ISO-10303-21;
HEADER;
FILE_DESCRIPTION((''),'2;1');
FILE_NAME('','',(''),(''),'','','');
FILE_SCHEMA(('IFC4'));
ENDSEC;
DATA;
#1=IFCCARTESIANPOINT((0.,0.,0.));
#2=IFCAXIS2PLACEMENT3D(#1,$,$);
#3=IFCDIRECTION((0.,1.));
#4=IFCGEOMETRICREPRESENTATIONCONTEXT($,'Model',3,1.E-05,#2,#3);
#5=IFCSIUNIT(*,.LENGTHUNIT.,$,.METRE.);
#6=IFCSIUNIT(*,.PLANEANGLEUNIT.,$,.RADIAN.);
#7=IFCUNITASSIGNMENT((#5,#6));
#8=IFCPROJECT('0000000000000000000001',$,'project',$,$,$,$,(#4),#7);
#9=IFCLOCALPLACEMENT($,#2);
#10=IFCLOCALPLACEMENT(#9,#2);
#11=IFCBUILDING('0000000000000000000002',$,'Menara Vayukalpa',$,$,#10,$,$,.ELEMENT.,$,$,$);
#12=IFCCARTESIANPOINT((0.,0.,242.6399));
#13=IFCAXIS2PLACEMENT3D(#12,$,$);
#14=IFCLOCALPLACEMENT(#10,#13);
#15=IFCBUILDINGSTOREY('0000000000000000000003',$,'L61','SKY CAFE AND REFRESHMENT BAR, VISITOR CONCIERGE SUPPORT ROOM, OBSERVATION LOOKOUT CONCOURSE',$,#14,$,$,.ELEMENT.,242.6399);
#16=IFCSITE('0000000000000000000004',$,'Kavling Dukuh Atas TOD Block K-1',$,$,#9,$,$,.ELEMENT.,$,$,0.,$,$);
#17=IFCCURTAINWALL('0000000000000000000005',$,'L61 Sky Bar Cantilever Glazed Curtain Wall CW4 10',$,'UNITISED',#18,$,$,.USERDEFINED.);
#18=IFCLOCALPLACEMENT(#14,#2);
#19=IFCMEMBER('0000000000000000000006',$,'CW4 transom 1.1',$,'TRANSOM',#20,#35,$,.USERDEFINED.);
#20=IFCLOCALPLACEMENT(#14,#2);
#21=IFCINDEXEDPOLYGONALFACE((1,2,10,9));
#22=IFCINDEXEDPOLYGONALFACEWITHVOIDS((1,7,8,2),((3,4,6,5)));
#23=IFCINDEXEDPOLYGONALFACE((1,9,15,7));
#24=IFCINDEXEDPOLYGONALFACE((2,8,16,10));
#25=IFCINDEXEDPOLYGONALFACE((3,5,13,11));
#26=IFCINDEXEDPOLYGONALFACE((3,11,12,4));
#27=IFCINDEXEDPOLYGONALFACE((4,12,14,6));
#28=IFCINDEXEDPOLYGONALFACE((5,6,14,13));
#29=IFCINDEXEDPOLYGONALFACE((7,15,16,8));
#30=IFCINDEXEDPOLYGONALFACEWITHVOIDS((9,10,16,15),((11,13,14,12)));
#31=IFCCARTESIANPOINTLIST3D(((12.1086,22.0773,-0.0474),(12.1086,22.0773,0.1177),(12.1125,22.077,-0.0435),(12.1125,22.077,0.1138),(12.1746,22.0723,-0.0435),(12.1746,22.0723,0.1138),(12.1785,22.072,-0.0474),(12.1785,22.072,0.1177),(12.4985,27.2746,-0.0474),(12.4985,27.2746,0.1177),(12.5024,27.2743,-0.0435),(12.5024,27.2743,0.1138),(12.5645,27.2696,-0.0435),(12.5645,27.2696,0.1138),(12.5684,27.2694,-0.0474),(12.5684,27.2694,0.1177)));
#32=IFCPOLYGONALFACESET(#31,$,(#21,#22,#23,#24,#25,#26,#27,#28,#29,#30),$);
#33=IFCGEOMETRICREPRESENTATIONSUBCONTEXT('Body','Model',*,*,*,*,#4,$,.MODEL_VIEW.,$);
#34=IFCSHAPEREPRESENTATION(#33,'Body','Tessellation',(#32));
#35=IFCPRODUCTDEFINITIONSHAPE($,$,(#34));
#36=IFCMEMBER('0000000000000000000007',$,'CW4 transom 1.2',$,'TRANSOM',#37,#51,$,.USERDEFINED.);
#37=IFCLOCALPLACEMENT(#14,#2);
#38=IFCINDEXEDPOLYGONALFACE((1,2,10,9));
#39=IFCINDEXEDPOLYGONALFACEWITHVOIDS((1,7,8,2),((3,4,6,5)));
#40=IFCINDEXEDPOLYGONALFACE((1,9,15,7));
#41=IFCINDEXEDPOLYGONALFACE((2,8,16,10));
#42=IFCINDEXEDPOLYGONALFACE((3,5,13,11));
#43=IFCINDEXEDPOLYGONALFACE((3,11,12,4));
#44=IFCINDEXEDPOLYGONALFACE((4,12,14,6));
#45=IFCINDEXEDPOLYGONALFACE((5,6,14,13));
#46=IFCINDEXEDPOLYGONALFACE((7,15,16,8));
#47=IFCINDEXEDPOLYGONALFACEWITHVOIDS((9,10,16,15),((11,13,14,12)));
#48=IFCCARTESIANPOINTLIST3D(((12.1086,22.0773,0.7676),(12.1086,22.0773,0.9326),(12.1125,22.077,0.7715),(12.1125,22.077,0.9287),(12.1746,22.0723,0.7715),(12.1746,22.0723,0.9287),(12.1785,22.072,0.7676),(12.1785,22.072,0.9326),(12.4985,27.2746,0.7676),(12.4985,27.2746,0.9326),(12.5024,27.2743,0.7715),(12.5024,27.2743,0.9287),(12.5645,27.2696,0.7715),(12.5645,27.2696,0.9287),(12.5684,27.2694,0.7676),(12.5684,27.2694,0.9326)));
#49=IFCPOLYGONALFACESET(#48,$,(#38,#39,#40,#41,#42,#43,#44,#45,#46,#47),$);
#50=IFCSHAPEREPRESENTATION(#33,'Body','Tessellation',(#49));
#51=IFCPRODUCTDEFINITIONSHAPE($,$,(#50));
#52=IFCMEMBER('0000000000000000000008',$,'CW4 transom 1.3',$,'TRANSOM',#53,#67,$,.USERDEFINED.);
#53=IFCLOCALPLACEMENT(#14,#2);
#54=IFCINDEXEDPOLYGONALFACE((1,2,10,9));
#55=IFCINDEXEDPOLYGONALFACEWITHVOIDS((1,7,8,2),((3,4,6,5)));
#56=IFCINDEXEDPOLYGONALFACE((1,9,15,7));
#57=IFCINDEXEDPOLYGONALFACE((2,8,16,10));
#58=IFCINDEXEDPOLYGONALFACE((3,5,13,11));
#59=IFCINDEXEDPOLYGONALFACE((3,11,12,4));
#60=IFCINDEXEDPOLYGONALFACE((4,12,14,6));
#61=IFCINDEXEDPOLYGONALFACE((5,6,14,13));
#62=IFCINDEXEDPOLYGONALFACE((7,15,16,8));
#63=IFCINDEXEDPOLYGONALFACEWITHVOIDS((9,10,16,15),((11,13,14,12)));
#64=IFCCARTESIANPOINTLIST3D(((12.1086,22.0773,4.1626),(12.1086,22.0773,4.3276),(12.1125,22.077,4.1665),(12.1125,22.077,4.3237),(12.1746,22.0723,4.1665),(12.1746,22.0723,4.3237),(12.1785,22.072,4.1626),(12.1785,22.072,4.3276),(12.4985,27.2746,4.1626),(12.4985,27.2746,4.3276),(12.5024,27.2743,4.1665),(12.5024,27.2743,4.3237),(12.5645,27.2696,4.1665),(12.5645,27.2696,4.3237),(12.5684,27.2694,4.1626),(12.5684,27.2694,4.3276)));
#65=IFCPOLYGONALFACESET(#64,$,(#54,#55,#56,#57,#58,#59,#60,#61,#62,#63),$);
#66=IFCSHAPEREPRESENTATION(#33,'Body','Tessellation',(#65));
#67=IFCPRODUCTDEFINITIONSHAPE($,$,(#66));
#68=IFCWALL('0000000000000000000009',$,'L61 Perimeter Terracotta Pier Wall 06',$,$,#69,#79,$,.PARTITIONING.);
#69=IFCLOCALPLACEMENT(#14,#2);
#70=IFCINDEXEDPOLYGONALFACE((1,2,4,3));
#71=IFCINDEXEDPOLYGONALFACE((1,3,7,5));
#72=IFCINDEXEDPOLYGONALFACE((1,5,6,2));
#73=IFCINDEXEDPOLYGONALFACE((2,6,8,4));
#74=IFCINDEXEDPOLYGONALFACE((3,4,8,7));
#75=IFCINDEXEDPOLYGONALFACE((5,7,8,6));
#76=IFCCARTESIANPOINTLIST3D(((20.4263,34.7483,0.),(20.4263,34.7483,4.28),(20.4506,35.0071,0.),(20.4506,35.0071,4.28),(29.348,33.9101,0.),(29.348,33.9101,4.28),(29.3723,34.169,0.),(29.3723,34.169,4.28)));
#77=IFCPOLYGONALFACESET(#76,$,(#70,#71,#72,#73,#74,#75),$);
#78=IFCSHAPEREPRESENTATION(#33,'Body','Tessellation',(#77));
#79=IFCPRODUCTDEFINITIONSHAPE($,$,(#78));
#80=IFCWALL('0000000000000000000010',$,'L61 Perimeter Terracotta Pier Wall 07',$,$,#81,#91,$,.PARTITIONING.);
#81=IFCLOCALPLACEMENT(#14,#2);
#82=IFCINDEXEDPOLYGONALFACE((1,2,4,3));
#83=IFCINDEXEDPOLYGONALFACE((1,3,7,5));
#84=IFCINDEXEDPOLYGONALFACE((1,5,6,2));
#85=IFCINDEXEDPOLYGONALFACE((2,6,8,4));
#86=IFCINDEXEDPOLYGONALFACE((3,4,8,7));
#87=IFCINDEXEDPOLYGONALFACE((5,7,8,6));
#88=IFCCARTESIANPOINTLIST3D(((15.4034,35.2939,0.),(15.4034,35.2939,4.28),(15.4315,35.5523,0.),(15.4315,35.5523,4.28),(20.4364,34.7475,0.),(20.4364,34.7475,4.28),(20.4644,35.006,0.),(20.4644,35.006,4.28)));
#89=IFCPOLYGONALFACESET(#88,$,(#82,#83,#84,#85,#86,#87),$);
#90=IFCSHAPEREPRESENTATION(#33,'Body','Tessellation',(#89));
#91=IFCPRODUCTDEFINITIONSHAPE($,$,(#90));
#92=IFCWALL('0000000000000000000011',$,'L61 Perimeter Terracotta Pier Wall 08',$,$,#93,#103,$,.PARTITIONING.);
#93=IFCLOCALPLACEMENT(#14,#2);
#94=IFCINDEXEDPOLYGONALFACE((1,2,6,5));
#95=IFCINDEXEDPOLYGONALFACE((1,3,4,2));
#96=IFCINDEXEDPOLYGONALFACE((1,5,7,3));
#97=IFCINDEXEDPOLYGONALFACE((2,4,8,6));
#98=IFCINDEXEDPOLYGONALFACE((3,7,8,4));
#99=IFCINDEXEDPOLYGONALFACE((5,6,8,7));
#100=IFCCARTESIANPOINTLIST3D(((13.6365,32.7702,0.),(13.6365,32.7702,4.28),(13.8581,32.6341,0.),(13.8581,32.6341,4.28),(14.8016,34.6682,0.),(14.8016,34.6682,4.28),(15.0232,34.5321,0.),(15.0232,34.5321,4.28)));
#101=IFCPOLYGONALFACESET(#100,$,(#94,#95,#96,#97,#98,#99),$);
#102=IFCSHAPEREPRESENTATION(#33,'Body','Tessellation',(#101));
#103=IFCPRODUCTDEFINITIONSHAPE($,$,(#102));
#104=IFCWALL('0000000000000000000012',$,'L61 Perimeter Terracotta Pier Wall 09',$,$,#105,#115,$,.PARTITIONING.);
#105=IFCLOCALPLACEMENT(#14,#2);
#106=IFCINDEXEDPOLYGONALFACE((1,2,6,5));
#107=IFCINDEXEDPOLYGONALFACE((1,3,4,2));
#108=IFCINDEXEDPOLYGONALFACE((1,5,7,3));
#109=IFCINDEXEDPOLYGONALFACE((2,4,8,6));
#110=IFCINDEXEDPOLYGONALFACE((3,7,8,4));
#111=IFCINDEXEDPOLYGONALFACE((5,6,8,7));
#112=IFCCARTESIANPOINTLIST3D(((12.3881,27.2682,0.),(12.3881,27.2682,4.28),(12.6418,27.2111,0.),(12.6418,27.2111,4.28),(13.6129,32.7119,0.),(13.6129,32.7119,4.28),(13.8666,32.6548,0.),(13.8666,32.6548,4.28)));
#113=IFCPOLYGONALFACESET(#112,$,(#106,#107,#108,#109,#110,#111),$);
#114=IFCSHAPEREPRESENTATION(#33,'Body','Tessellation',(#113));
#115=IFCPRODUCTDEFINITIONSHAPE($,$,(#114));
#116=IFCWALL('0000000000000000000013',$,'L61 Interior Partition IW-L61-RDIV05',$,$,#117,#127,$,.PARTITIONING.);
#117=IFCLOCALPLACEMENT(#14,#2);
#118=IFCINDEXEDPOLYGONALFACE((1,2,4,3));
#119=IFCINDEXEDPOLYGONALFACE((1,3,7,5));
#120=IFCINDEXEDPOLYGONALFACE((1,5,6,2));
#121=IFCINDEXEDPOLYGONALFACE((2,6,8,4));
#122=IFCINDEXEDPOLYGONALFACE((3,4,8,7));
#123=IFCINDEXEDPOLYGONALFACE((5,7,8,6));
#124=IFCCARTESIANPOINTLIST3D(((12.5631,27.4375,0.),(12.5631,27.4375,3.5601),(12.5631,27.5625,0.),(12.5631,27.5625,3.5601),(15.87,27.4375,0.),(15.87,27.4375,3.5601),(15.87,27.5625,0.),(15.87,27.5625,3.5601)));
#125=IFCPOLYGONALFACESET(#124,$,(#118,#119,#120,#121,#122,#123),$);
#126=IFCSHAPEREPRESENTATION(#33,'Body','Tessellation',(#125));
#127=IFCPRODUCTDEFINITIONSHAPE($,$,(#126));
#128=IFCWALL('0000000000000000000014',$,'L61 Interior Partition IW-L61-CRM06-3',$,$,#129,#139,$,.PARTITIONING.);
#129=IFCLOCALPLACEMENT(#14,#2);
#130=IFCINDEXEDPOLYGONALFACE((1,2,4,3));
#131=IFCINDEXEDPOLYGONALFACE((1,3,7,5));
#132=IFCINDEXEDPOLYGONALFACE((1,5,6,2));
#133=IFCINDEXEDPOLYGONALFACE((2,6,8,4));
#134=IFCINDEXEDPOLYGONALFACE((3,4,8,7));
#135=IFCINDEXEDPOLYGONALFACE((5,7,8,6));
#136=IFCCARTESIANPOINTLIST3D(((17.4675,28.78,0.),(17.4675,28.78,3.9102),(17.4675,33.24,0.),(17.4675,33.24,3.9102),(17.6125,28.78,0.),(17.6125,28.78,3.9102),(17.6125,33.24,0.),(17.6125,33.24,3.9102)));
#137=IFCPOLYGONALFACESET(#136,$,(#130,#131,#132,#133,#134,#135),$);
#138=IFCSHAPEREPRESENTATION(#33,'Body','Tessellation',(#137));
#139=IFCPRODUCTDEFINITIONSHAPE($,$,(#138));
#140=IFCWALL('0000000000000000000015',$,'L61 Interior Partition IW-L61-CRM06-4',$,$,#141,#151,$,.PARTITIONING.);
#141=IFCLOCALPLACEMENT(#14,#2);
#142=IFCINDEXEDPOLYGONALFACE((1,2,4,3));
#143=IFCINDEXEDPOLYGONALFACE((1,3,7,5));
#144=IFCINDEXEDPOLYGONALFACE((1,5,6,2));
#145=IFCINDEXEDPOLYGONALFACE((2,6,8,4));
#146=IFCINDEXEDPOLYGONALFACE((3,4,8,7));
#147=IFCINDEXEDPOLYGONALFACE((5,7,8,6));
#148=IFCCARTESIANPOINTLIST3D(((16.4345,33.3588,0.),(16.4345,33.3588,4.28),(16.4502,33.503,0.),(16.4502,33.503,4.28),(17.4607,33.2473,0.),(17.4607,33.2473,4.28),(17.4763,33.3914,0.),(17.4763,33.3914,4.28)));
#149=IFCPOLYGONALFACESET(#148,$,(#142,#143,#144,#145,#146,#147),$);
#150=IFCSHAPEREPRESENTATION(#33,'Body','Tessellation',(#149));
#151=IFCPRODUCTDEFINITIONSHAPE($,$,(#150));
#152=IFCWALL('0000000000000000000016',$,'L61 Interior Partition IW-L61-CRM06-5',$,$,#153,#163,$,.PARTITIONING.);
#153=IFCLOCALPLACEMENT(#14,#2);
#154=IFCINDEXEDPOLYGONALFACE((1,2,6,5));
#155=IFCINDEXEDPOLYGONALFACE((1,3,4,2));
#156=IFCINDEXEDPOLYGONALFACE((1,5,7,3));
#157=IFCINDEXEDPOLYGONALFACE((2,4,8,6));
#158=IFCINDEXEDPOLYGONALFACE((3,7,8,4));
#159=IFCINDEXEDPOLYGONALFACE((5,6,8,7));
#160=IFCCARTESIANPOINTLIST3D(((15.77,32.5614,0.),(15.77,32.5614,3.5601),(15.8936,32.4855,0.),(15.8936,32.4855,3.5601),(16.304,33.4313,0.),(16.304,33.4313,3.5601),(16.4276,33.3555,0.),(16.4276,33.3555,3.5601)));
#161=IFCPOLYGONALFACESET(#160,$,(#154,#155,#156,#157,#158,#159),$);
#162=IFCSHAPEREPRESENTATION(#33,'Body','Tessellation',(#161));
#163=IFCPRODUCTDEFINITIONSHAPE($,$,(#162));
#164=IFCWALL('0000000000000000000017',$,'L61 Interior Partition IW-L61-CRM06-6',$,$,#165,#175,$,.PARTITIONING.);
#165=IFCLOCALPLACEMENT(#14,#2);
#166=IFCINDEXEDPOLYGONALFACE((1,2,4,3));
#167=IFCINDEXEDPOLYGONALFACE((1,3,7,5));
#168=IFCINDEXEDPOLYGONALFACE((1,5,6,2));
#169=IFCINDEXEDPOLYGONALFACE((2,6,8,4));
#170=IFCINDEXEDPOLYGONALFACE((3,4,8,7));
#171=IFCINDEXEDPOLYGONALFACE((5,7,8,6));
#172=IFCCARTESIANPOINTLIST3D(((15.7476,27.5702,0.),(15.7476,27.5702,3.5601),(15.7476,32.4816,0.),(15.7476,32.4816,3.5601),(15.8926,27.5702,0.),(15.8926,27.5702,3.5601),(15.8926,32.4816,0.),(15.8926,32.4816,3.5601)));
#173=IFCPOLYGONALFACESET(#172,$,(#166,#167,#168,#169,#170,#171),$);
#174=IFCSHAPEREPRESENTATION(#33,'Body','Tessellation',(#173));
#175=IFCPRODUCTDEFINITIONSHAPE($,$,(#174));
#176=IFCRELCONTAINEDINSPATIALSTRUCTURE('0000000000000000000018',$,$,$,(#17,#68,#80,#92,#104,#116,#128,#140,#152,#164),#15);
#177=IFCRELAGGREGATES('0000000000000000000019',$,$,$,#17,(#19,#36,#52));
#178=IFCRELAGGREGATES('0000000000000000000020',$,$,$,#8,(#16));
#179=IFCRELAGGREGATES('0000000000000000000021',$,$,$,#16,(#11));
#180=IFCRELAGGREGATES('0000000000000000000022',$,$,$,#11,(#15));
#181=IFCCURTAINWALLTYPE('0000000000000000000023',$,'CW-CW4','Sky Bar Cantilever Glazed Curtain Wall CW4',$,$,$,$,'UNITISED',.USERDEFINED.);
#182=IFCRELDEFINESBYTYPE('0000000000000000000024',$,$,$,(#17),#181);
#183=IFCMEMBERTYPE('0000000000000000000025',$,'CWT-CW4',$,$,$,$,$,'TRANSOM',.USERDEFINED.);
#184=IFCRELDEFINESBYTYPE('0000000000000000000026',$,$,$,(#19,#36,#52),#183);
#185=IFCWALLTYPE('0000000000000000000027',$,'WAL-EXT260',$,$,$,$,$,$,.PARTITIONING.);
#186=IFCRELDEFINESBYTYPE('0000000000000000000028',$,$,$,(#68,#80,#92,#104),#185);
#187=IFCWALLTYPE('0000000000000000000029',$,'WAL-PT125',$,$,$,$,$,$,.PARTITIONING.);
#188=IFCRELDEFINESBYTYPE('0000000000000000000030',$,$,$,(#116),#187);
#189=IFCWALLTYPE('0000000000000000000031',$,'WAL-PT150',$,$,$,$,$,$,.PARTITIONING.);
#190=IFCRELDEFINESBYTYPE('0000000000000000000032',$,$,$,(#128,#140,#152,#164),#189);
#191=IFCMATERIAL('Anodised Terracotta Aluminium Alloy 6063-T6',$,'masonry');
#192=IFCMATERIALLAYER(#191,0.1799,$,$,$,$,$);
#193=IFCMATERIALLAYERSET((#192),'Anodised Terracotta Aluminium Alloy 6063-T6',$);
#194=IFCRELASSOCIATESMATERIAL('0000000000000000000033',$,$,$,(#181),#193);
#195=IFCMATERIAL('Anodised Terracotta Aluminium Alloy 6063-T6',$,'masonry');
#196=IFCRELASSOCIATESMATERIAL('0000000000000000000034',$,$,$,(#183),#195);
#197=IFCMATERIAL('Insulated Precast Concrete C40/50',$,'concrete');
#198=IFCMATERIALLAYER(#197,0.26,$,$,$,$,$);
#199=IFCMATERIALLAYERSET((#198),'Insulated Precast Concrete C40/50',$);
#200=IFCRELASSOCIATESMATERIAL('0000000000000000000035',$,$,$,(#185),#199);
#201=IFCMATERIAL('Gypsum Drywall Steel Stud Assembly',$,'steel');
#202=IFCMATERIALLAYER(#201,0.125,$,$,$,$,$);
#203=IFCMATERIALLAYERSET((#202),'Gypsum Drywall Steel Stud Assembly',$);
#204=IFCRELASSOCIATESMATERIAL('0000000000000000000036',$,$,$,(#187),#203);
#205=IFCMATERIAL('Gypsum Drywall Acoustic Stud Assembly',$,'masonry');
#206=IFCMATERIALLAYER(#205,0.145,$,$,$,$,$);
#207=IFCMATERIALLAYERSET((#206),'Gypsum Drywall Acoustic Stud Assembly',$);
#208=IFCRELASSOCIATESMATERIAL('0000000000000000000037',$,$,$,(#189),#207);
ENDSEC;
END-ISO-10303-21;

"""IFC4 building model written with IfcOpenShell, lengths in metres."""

from ifc_helpers import new_model, si_unit, direction, frame, frame_2d, origin, origin_2d, place, context, subcontext, project, spatial, rectangle, hollow_rectangle, extrude, material, layer, layer_set, material_profile, profile_set, type_object, element, aggregate, save


model = new_model("IFC4")

# Units and contexts
model_context = context("Model", 3, precision=1e-05, world=origin(), true_north=direction((0.0, 1.0)))
body_context = subcontext(model_context, "Body", "Model", "MODEL_VIEW")
ifc_project = project(units=[si_unit("LENGTHUNIT", "METRE"), si_unit("PLANEANGLEUNIT", "RADIAN")], contexts=[model_context])

# Site, building, storey
site_placement = place(None, origin())
site = spatial("IfcSite", under=ifc_project, at=site_placement, Name="Kavling Dukuh Atas TOD Block K-1", CompositionType="ELEMENT", RefElevation=0.0)
building_placement = place(site_placement, origin())
building = spatial("IfcBuilding", under=site, at=building_placement, Name="Menara Vayukalpa", CompositionType="ELEMENT")
storey_placement = place(building_placement, frame((0.0, 0.0, 242.6399)))
storey = spatial("IfcBuildingStorey", under=building, at=storey_placement, Name="L61", Description="SKY CAFE AND REFRESHMENT BAR, VISITOR CONCIERGE SUPPORT ROOM, OBSERVATION LOOKOUT CONCOURSE", CompositionType="ELEMENT", Elevation=242.6399)

# Curtain wall, members
ifc_material_1 = material(Name="Anodised Terracotta Aluminium Alloy 6063-T6", Category="masonry")
ifc_layer_1 = layer(ifc_material_1, 0.1799)
ifc_layer_set_1 = layer_set([ifc_layer_1], Name="Anodised Terracotta Aluminium Alloy 6063-T6")
curtain_wall_type = type_object("IfcCurtainWallType", Name="CW-CW4", Description="Sky Bar Cantilever Glazed Curtain Wall CW4", ElementType="UNITISED", PredefinedType="USERDEFINED", material=ifc_layer_set_1)
curtain_wall_placement = place(storey_placement, origin())
curtain_wall = element("IfcCurtainWall", 1, at=curtain_wall_placement, inside=storey, type_object=curtain_wall_type, Name="L61 Sky Bar Cantilever Glazed Curtain Wall CW4 10", ObjectType="UNITISED", PredefinedType="USERDEFINED")
ifc_material_2 = material(Name="Anodised Terracotta Aluminium Alloy 6063-T6", Category="masonry")
ifc_material_profile_1 = material_profile(ifc_material_2, hollow_rectangle(XDim=0.0701, YDim=0.165, WallThickness=0.0039, at=origin_2d()), Name="ALU 70x165x4")
ifc_profile_set_1 = profile_set([ifc_material_profile_1], Name="Anodised Terracotta Aluminium Alloy 6063-T6")
member_type_1 = type_object("IfcMemberType", Name="CWT-CW4", ElementType="TRANSOM", PredefinedType="USERDEFINED", material=ifc_profile_set_1)
member_1_placement = place(storey_placement, frame((12.5334, 27.272, 0.0352), z_axis=(-0.074809, -0.997198, 0.0), x_axis=(0.997198, -0.074809, 0.0)))
member_1 = element("IfcMember", 2, at=member_1_placement, type_object=member_type_1, Name="CW4 transom 1.1", ObjectType="TRANSOM", PredefinedType="USERDEFINED", context=body_context, shape_type="SweptSolid", body=[
    extrude(hollow_rectangle(XDim=0.0701, YDim=0.165, WallThickness=0.0039, at=origin_2d()), origin(), (0.0, 0.0, 1.0), 5.2119),
])
member_2_placement = place(storey_placement, frame((12.5334, 27.272, 0.8501), z_axis=(-0.074809, -0.997198, 0.0), x_axis=(0.997198, -0.074809, 0.0)))
member_2 = element("IfcMember", 3, at=member_2_placement, type_object=member_type_1, Name="CW4 transom 1.2", ObjectType="TRANSOM", PredefinedType="USERDEFINED", context=body_context, shape_type="SweptSolid", body=[
    extrude(hollow_rectangle(XDim=0.0701, YDim=0.165, WallThickness=0.0039, at=origin_2d()), origin(), (0.0, 0.0, 1.0), 5.2119),
])
member_3_placement = place(storey_placement, frame((12.5334, 27.272, 4.2451), z_axis=(-0.074809, -0.997198, 0.0), x_axis=(0.997198, -0.074809, 0.0)))
member_3 = element("IfcMember", 4, at=member_3_placement, type_object=member_type_1, Name="CW4 transom 1.3", ObjectType="TRANSOM", PredefinedType="USERDEFINED", context=body_context, shape_type="SweptSolid", body=[
    extrude(hollow_rectangle(XDim=0.0701, YDim=0.165, WallThickness=0.0039, at=origin_2d()), origin(), (0.0, 0.0, 1.0), 5.2119),
])
aggregate(curtain_wall, [member_1, member_2, member_3])

# Walls
ifc_material_3 = material(Name="Insulated Precast Concrete C40/50", Category="concrete")
ifc_layer_2 = layer(ifc_material_3, 0.26)
ifc_layer_set_2 = layer_set([ifc_layer_2], Name="Insulated Precast Concrete C40/50")
wall_type_1 = type_object("IfcWallType", Name="WAL-EXT260", PredefinedType="PARTITIONING", material=ifc_layer_set_2)
wall_1_placement = place(storey_placement, frame((20.4385, 34.8777, 0.0), z_axis=(0.0, 0.0, 1.0), x_axis=(0.995616, -0.093532, 0.0)))
element("IfcWall", 5, at=wall_1_placement, inside=storey, type_object=wall_type_1, Name="L61 Perimeter Terracotta Pier Wall 06", PredefinedType="PARTITIONING", context=body_context, shape_type="SweptSolid", body=[
    extrude(rectangle(XDim=8.9609, YDim=0.26, at=frame_2d((4.4805, 0.0))), origin(), (0.0, 0.0, 1.0), 4.28),
])
wall_2_placement = place(storey_placement, frame((15.4175, 35.4231, 0.0), z_axis=(0.0, 0.0, 1.0), x_axis=(0.994159, -0.107928, 0.0)))
element("IfcWall", 6, at=wall_2_placement, inside=storey, type_object=wall_type_1, Name="L61 Perimeter Terracotta Pier Wall 07", PredefinedType="PARTITIONING", context=body_context, shape_type="SweptSolid", body=[
    extrude(rectangle(XDim=5.0625, YDim=0.26, at=frame_2d((2.5312, 0.0))), origin(), (0.0, 0.0, 1.0), 4.28),
])
wall_3_placement = place(storey_placement, frame((13.7473, 32.7021, 0.0), z_axis=(0.0, 0.0, 1.0), x_axis=(0.523143, 0.852245, 0.0)))
element("IfcWall", 7, at=wall_3_placement, inside=storey, type_object=wall_type_1, Name="L61 Perimeter Terracotta Pier Wall 08", PredefinedType="PARTITIONING", context=body_context, shape_type="SweptSolid", body=[
    extrude(rectangle(XDim=2.2271, YDim=0.26, at=frame_2d((1.1135, 0.0))), origin(), (0.0, 0.0, 1.0), 4.28),
])
wall_4_placement = place(storey_placement, frame((12.5149, 27.2395, 0.0), z_axis=(0.0, 0.0, 1.0), x_axis=(0.21951, 0.97561, 0.0)))
element("IfcWall", 8, at=wall_4_placement, inside=storey, type_object=wall_type_1, Name="L61 Perimeter Terracotta Pier Wall 09", PredefinedType="PARTITIONING", context=body_context, shape_type="SweptSolid", body=[
    extrude(rectangle(XDim=5.5798, YDim=0.26, at=frame_2d((2.79, 0.0))), origin(), (0.0, 0.0, 1.0), 4.28),
])
ifc_material_4 = material(Name="Gypsum Drywall Steel Stud Assembly", Category="steel")
ifc_layer_3 = layer(ifc_material_4, 0.125)
ifc_layer_set_3 = layer_set([ifc_layer_3], Name="Gypsum Drywall Steel Stud Assembly")
wall_type_2 = type_object("IfcWallType", Name="WAL-PT125", PredefinedType="PARTITIONING", material=ifc_layer_set_3)
wall_5_placement = place(storey_placement, frame((12.5632, 27.5, 0.0), z_axis=(0.0, 0.0, 1.0), x_axis=(1.0, 0.0, 0.0)))
element("IfcWall", 9, at=wall_5_placement, inside=storey, type_object=wall_type_2, Name="L61 Interior Partition IW-L61-RDIV05", PredefinedType="PARTITIONING", context=body_context, shape_type="SweptSolid", body=[
    extrude(rectangle(XDim=3.3069, YDim=0.125, at=frame_2d((1.6533, 0.0))), origin(), (0.0, 0.0, 1.0), 3.5601),
])
ifc_material_5 = material(Name="Gypsum Drywall Acoustic Stud Assembly", Category="masonry")
ifc_layer_4 = layer(ifc_material_5, 0.145)
ifc_layer_set_4 = layer_set([ifc_layer_4], Name="Gypsum Drywall Acoustic Stud Assembly")
wall_type_3 = type_object("IfcWallType", Name="WAL-PT150", PredefinedType="PARTITIONING", material=ifc_layer_set_4)
wall_6_placement = place(storey_placement, frame((17.54, 28.78, 0.0), z_axis=(0.0, 0.0, 1.0), x_axis=(0.0, 1.0, 0.0)))
element("IfcWall", 10, at=wall_6_placement, inside=storey, type_object=wall_type_3, Name="L61 Interior Partition IW-L61-CRM06-3", PredefinedType="PARTITIONING", context=body_context, shape_type="SweptSolid", body=[
    extrude(rectangle(XDim=4.46, YDim=0.145, at=frame_2d((2.23, 0.0))), origin(), (0.0, 0.0, 1.0), 3.9102),
])
wall_7_placement = place(storey_placement, frame((17.4685, 33.3193, 0.0), z_axis=(0.0, 0.0, 1.0), x_axis=(-0.994141, 0.108095, 0.0)))
element("IfcWall", 11, at=wall_7_placement, inside=storey, type_object=wall_type_3, Name="L61 Interior Partition IW-L61-CRM06-4", PredefinedType="PARTITIONING", context=body_context, shape_type="SweptSolid", body=[
    extrude(rectangle(XDim=1.0322, YDim=0.145, at=frame_2d((0.5161, 0.0))), origin(), (0.0, 0.0, 1.0), 4.28),
])
wall_8_placement = place(storey_placement, frame((16.3657, 33.3933, 0.0), z_axis=(0.0, 0.0, 1.0), x_axis=(-0.523123, -0.852257, 0.0)))
element("IfcWall", 12, at=wall_8_placement, inside=storey, type_object=wall_type_3, Name="L61 Interior Partition IW-L61-CRM06-5", PredefinedType="PARTITIONING", context=body_context, shape_type="SweptSolid", body=[
    extrude(rectangle(XDim=1.0208, YDim=0.145, at=frame_2d((0.5103, 0.0))), origin(), (0.0, 0.0, 1.0), 3.5601),
])
wall_9_placement = place(storey_placement, frame((15.8201, 32.4814, 0.0), z_axis=(0.0, 0.0, 1.0), x_axis=(0.0, -1.0, 0.0)))
element("IfcWall", 13, at=wall_9_placement, inside=storey, type_object=wall_type_3, Name="L61 Interior Partition IW-L61-CRM06-6", PredefinedType="PARTITIONING", context=body_context, shape_type="SweptSolid", body=[
    extrude(rectangle(XDim=4.9114, YDim=0.145, at=frame_2d((2.4556, 0.0))), origin(), (0.0, 0.0, 1.0), 3.5601),
])

save(model, "model.ifc")
